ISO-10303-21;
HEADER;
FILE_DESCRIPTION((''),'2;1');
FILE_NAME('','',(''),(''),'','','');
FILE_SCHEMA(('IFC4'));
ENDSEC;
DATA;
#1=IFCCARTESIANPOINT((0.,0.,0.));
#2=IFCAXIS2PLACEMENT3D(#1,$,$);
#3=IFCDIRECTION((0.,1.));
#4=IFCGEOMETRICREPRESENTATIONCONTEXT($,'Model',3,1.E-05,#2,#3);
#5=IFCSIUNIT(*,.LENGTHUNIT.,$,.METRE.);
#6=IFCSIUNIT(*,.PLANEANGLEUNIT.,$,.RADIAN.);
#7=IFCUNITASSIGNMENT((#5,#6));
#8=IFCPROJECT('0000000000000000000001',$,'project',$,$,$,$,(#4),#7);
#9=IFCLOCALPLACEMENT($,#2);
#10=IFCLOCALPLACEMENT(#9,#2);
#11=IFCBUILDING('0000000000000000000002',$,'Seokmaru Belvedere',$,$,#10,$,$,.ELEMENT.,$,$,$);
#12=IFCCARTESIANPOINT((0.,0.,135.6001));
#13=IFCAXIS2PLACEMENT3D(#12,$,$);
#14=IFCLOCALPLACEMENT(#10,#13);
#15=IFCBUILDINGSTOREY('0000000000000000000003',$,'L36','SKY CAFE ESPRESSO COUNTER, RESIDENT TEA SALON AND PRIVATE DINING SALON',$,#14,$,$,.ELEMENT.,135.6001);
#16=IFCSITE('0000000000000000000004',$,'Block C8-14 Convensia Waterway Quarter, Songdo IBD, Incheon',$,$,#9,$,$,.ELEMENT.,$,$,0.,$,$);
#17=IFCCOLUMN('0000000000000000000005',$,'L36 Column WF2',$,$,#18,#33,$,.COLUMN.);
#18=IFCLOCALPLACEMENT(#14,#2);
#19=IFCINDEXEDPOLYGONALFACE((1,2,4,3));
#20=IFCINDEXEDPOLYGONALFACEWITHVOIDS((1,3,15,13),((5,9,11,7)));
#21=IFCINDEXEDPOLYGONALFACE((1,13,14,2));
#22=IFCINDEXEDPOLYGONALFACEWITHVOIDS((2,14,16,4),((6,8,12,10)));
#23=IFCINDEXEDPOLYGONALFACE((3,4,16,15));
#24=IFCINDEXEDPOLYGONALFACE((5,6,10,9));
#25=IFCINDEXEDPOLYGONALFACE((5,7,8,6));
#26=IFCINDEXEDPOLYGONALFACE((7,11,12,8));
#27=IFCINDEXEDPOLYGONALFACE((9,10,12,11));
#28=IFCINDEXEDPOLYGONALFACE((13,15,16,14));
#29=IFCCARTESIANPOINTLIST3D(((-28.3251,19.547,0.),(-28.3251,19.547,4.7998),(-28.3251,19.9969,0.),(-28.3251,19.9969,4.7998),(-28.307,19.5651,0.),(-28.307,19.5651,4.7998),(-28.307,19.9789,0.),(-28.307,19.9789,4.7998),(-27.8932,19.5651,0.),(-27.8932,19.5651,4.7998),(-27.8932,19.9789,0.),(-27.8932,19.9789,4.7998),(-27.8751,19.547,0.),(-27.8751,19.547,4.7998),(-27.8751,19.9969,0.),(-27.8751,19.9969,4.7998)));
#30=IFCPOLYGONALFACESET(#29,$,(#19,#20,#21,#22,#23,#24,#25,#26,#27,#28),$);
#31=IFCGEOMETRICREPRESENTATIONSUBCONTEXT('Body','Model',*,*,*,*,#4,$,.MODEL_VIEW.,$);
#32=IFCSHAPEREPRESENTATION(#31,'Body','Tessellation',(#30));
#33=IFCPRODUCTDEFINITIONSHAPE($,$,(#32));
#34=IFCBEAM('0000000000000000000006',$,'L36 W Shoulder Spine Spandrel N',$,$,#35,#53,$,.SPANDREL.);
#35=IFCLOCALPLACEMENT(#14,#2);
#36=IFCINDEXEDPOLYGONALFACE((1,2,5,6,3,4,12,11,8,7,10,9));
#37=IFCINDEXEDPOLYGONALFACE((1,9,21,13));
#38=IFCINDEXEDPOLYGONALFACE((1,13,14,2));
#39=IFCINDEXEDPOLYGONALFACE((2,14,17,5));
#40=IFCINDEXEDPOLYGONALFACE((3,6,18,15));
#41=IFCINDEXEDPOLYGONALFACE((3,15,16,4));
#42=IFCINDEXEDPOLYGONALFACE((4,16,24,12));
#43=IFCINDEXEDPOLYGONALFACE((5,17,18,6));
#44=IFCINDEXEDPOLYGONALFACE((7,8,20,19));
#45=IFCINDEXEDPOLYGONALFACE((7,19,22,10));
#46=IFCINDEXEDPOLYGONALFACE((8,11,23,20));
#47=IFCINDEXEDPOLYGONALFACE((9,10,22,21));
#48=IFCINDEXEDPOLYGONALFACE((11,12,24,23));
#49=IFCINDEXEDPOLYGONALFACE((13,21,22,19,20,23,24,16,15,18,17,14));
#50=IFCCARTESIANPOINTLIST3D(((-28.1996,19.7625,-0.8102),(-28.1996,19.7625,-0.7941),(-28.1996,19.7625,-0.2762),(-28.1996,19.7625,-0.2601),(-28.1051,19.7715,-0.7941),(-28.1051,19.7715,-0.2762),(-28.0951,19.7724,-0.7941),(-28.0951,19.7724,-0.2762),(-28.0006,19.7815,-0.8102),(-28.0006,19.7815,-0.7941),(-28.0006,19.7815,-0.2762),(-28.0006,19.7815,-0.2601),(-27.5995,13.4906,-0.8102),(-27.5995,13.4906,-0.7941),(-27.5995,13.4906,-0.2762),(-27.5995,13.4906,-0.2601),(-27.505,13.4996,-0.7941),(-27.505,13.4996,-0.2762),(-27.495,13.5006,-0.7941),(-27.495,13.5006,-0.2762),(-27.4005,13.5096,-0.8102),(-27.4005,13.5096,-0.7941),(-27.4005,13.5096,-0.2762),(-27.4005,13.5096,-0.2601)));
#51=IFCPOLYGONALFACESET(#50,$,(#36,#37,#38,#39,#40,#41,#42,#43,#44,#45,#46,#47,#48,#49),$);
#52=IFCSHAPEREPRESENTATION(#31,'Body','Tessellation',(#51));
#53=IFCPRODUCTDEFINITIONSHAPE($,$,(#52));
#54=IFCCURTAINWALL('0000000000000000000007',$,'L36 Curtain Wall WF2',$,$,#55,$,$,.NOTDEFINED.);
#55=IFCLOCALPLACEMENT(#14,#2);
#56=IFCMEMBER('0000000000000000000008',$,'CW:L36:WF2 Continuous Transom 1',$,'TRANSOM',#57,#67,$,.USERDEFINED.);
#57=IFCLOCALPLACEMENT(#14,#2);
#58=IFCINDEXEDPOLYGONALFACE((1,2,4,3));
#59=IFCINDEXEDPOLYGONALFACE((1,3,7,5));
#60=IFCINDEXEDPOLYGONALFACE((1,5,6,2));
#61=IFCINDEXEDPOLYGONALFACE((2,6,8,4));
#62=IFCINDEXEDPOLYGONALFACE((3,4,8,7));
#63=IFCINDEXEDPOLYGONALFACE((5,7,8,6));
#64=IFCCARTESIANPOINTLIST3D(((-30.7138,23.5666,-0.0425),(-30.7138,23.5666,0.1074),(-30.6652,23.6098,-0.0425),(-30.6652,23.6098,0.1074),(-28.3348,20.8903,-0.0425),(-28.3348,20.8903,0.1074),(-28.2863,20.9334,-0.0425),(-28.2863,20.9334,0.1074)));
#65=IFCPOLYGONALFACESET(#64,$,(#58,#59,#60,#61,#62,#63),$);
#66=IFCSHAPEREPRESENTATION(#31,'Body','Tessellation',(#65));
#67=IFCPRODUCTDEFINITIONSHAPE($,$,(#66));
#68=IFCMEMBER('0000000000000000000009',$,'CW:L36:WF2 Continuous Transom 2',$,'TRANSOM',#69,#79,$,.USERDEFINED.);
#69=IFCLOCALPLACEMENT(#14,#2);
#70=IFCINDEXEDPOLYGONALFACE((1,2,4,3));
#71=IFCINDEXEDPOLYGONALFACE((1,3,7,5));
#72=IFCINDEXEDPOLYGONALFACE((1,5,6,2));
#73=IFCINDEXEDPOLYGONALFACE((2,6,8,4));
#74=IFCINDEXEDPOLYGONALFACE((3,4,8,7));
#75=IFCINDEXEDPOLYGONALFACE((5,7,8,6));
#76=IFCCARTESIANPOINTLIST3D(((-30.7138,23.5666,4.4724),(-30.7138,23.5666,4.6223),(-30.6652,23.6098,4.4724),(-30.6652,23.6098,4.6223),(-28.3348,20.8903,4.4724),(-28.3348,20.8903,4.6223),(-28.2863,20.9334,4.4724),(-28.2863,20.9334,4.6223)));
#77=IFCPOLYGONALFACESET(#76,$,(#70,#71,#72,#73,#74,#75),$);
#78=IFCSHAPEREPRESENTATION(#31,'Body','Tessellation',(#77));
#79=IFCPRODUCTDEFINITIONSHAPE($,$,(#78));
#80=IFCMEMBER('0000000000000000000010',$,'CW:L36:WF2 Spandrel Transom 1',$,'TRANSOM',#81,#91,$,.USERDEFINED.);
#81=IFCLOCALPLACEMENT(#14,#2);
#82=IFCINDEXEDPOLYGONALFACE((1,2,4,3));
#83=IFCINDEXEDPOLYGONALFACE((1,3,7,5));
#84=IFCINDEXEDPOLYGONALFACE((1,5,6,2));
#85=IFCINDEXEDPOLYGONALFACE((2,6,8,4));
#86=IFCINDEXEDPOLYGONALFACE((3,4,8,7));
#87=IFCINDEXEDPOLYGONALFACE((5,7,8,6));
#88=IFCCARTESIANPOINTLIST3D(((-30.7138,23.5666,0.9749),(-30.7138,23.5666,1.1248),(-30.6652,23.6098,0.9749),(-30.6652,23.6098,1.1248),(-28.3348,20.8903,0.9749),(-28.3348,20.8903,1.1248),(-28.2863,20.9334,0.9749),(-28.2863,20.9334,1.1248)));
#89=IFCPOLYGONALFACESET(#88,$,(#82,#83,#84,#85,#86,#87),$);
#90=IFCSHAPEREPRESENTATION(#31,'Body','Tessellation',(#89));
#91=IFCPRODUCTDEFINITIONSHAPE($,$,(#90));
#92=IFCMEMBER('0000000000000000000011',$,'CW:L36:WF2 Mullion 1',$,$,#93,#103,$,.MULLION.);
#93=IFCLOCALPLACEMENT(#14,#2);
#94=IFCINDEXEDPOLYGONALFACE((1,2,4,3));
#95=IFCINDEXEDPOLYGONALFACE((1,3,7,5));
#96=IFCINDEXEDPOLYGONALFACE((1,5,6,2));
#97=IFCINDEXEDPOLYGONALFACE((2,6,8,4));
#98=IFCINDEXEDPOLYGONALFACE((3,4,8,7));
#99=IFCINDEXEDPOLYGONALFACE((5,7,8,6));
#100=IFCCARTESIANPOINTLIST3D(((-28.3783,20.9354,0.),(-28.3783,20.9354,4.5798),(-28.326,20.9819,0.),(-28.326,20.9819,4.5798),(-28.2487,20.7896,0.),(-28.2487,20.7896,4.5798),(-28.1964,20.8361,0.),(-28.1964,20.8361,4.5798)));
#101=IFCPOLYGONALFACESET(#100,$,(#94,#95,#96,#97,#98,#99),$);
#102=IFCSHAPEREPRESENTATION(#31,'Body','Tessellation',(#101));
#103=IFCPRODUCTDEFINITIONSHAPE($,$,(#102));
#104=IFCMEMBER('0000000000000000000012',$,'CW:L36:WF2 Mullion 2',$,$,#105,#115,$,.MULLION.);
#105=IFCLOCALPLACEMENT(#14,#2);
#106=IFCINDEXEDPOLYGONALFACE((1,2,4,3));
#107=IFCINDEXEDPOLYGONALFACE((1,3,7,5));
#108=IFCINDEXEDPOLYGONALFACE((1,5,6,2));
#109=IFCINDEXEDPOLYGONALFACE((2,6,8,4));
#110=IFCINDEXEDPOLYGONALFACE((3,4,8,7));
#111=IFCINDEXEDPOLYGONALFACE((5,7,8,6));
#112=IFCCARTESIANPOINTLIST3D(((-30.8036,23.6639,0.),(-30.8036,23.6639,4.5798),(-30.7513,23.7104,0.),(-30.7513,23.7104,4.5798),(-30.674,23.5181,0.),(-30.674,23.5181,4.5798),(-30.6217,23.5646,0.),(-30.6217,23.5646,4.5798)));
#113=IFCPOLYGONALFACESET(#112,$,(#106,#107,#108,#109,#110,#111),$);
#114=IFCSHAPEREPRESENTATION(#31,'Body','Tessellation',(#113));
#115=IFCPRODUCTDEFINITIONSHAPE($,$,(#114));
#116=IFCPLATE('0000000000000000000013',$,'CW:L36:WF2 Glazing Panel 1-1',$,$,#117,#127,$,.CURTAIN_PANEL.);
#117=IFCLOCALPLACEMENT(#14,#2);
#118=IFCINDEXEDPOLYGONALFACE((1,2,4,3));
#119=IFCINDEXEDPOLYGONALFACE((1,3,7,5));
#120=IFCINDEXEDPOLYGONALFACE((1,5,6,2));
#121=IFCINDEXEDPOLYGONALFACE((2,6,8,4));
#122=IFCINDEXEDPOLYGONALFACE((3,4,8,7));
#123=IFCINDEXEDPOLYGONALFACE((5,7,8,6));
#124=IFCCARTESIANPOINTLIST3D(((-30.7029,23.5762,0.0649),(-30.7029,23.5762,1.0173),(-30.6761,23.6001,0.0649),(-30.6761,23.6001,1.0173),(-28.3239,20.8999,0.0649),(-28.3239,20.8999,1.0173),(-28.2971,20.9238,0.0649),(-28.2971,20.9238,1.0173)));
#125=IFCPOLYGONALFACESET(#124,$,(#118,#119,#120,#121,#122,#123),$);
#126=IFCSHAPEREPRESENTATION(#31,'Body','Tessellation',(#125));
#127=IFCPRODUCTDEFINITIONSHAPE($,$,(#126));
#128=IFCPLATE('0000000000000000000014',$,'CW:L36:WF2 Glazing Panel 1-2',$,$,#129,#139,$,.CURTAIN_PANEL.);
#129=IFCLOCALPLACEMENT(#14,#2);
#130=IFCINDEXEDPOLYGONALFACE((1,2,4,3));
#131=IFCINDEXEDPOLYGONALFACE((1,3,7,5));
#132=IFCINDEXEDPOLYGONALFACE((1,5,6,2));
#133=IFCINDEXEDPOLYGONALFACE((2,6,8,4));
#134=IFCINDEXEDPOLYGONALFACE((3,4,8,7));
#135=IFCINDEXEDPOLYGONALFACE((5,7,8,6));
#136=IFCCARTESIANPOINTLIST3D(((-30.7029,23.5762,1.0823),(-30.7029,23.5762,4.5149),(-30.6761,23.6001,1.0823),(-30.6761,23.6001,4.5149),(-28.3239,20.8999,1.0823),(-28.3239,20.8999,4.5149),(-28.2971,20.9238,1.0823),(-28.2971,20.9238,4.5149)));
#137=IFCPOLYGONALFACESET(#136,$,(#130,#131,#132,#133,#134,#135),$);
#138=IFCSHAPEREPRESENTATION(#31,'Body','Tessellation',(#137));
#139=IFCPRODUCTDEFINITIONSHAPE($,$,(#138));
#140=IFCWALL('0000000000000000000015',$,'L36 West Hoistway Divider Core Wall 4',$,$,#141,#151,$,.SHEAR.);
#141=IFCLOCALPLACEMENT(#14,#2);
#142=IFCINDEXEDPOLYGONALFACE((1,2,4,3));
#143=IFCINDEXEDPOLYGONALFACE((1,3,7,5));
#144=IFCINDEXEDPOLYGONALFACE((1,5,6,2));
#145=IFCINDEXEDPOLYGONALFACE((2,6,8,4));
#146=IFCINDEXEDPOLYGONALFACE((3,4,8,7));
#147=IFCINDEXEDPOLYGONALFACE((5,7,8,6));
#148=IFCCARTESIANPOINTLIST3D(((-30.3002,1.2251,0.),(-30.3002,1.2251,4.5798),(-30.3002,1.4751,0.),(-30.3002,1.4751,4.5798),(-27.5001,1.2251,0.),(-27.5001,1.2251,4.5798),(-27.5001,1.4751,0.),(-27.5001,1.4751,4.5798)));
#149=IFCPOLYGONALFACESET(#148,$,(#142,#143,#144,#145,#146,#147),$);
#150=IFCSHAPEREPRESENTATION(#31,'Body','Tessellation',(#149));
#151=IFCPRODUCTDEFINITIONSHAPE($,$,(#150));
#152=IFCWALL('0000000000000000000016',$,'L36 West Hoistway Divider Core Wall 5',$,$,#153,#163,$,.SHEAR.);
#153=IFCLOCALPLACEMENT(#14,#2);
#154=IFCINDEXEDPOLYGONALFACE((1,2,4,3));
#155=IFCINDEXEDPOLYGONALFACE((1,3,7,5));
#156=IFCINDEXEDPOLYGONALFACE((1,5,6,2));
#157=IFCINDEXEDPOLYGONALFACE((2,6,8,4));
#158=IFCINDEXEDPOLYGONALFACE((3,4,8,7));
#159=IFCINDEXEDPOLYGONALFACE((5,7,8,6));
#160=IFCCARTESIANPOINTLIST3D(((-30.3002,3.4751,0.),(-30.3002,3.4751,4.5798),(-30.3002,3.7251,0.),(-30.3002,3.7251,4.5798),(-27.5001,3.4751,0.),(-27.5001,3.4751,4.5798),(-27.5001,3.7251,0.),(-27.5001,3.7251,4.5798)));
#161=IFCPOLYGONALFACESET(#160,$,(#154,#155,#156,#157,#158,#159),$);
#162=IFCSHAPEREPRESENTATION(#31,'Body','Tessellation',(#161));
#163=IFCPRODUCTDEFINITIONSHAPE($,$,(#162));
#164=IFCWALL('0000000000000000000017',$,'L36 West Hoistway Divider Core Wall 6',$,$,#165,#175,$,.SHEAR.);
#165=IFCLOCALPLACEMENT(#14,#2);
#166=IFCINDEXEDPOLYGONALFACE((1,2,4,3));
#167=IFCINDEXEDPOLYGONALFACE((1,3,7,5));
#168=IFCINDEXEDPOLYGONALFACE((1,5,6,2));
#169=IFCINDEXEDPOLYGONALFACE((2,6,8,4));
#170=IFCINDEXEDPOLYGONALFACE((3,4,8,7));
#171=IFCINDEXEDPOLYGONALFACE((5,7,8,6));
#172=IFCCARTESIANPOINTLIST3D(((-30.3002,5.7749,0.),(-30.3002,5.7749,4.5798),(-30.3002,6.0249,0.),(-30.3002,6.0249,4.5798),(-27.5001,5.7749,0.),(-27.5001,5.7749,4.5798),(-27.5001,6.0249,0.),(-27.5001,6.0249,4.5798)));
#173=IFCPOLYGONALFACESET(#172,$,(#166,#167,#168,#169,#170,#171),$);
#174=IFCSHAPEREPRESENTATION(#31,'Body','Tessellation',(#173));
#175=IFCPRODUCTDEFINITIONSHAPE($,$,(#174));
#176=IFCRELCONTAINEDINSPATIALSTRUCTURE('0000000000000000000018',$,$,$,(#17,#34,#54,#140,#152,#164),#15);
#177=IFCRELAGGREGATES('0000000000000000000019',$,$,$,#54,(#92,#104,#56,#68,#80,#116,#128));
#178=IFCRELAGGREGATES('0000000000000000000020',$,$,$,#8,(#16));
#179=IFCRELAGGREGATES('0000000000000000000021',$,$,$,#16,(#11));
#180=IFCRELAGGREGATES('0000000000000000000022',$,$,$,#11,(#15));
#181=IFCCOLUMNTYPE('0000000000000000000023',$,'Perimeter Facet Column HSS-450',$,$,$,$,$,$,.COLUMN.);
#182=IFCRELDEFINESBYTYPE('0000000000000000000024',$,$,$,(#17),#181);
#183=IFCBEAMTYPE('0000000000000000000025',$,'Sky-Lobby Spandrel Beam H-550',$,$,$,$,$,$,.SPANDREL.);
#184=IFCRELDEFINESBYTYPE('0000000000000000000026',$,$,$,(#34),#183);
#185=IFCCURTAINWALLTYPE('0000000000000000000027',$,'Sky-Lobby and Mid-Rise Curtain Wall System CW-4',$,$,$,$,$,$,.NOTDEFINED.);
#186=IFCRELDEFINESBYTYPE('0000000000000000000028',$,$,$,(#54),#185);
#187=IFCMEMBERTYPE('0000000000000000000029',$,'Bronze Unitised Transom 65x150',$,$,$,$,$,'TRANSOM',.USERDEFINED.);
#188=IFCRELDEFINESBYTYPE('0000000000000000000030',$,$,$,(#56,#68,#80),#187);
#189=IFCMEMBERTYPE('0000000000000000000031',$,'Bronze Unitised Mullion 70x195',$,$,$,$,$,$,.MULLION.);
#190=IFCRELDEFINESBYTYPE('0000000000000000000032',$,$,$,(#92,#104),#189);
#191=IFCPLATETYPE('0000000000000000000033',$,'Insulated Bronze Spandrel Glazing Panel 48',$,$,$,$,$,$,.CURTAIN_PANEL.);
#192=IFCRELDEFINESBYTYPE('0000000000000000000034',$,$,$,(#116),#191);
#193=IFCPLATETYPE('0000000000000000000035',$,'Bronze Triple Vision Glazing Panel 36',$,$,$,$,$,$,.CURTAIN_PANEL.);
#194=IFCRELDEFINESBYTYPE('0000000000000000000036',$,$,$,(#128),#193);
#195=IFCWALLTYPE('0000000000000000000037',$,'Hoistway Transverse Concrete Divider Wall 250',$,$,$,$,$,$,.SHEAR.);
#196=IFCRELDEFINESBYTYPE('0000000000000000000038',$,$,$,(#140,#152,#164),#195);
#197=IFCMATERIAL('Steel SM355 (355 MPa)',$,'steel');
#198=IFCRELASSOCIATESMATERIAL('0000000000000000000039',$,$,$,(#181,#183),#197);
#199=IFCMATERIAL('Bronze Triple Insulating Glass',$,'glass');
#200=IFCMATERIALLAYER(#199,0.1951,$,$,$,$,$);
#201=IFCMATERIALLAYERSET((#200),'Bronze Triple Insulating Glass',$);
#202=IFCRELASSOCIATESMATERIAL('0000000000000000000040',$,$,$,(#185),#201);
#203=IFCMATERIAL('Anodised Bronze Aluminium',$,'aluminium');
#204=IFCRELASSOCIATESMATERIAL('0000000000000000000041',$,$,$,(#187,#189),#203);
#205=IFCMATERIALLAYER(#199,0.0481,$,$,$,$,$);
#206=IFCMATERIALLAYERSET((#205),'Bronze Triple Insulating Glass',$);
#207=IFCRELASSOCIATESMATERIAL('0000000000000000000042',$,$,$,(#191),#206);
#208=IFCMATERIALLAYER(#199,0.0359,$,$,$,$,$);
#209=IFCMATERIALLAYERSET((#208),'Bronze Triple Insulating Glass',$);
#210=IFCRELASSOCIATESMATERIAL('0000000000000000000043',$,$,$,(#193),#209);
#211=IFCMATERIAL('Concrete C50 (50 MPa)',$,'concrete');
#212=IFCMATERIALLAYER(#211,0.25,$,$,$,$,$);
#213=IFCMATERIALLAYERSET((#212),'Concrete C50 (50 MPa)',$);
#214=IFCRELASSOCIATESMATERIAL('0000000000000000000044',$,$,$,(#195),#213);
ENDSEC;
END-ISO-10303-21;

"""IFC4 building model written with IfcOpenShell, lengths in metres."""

from ifc_helpers import new_model, si_unit, direction, frame, frame_2d, origin, origin_2d, place, context, subcontext, project, spatial, rectangle, hollow_rectangle, i_section, extrude, source, transform, mapped, material, layer, layer_set, material_profile, profile_set, type_object, type_shapes, element, aggregate, save


model = new_model("IFC4")

# Units and contexts
model_context = context("Model", 3, precision=1e-05, world=origin(), true_north=direction((0.0, 1.0)))
body_context = subcontext(model_context, "Body", "Model", "MODEL_VIEW")
ifc_project = project(units=[si_unit("LENGTHUNIT", "METRE"), si_unit("PLANEANGLEUNIT", "RADIAN")], contexts=[model_context])

# Site, building, storey
site_placement = place(None, origin())
site = spatial("IfcSite", under=ifc_project, at=site_placement, Name="Block C8-14 Convensia Waterway Quarter, Songdo IBD, Incheon", CompositionType="ELEMENT", RefElevation=0.0)
building_placement = place(site_placement, origin())
building = spatial("IfcBuilding", under=site, at=building_placement, Name="Seokmaru Belvedere", CompositionType="ELEMENT")
storey_placement = place(building_placement, frame((0.0, 0.0, 135.6001)))
storey = spatial("IfcBuildingStorey", under=building, at=storey_placement, Name="L36", Description="SKY CAFE ESPRESSO COUNTER, RESIDENT TEA SALON AND PRIVATE DINING SALON", CompositionType="ELEMENT", Elevation=135.6001)

# Column
ifc_material_1 = material(Name="Steel SM355 (355 MPa)", Category="steel")
ifc_material_profile_1 = material_profile(ifc_material_1, hollow_rectangle(XDim=0.45, YDim=0.45, WallThickness=0.0181, at=origin_2d()), Name="HSS-450x450x18")
ifc_profile_set_1 = profile_set([ifc_material_profile_1], Name="Steel SM355 (355 MPa)")
column_type = type_object("IfcColumnType", Name="Perimeter Facet Column HSS-450", PredefinedType="COLUMN", material=ifc_profile_set_1)
shared_shape_1 = source(origin(), body_context, "Body", "SweptSolid", [
    extrude(hollow_rectangle(XDim=0.45, YDim=0.45, WallThickness=0.0181, at=origin_2d()), origin(), (0.0, 0.0, 1.0), 4.7998),
])
type_shapes(column_type, [shared_shape_1])
column_placement = place(storey_placement, frame((-28.1001, 19.772, 0.0), z_axis=(0.0, 0.0, 1.0), x_axis=(1.0, 0.0, 0.0)))
element("IfcColumn", 1, at=column_placement, inside=storey, type_object=column_type, Name="L36 Column WF2", PredefinedType="COLUMN", context=body_context, shape_type="MappedRepresentation", body=[
    mapped(shared_shape_1, transform((0.0, 0.0, 0.0), scale=1.0)),
])

# Beam
ifc_material_profile_2 = material_profile(ifc_material_1, i_section(OverallWidth=0.2, OverallDepth=0.55, WebThickness=0.01, FlangeThickness=0.0161, at=origin_2d()), Name="H-550x200x10x16")
ifc_profile_set_2 = profile_set([ifc_material_profile_2], Name="Steel SM355 (355 MPa)")
beam_type = type_object("IfcBeamType", Name="Sky-Lobby Spandrel Beam H-550", PredefinedType="SPANDREL", material=ifc_profile_set_2)
shared_shape_2 = source(origin(), body_context, "Body", "SweptSolid", [
    extrude(i_section(OverallWidth=0.2, OverallDepth=0.55, WebThickness=0.01, FlangeThickness=0.0161, at=origin_2d()), origin(), (0.0, 0.0, 1.0), 6.3005),
])
type_shapes(beam_type, [shared_shape_2])
beam_placement = place(storey_placement, frame((-28.1001, 19.772, -0.5352), z_axis=(0.095244, -0.995454, 0.0), x_axis=(0.995454, 0.095244, 0.0)))
element("IfcBeam", 2, at=beam_placement, inside=storey, type_object=beam_type, Name="L36 W Shoulder Spine Spandrel N", PredefinedType="SPANDREL", context=body_context, shape_type="MappedRepresentation", body=[
    mapped(shared_shape_2, transform((0.0, 0.0, 0.0), scale=1.0)),
])

# Curtain wall, members, plates
ifc_material_2 = material(Name="Bronze Triple Insulating Glass", Category="glass")
ifc_layer_1 = layer(ifc_material_2, 0.1951)
ifc_layer_set_1 = layer_set([ifc_layer_1], Name="Bronze Triple Insulating Glass")
curtain_wall_type = type_object("IfcCurtainWallType", Name="Sky-Lobby and Mid-Rise Curtain Wall System CW-4", PredefinedType="NOTDEFINED", material=ifc_layer_set_1)
curtain_wall_placement = place(storey_placement, origin())
curtain_wall = element("IfcCurtainWall", 3, at=curtain_wall_placement, inside=storey, type_object=curtain_wall_type, Name="L36 Curtain Wall WF2", PredefinedType="NOTDEFINED")
ifc_material_3 = material(Name="Anodised Bronze Aluminium", Category="aluminium")
ifc_material_profile_3 = material_profile(ifc_material_3, rectangle(XDim=0.0649, YDim=0.1499, at=origin_2d()), Name="CW-T-65x150")
ifc_profile_set_3 = profile_set([ifc_material_profile_3], Name="Anodised Bronze Aluminium")
member_type_1 = type_object("IfcMemberType", Name="Bronze Unitised Transom 65x150", ElementType="TRANSOM", PredefinedType="USERDEFINED", material=ifc_profile_set_3)
shared_shape_3 = source(origin(), body_context, "Body", "SweptSolid", [
    extrude(rectangle(XDim=0.0649, YDim=0.1499, at=origin_2d()), origin(), (0.0, 0.0, 1.0), 3.5808),
])
type_shapes(member_type_1, [shared_shape_3])
member_1_placement = place(storey_placement, frame((-28.3105, 20.9119, 0.0325), z_axis=(-0.664364, 0.747409, 0.0), x_axis=(-0.747409, -0.664364, 0.0)))
member_1 = element("IfcMember", 4, at=member_1_placement, type_object=member_type_1, Name="CW:L36:WF2 Continuous Transom 1", ObjectType="TRANSOM", PredefinedType="USERDEFINED", context=body_context, shape_type="MappedRepresentation", body=[
    mapped(shared_shape_3, transform((0.0, 0.0, 0.0), scale=1.0)),
])
member_2_placement = place(storey_placement, frame((-28.3105, 20.9119, 4.5474), z_axis=(-0.664364, 0.747409, 0.0), x_axis=(-0.747409, -0.664364, 0.0)))
member_2 = element("IfcMember", 5, at=member_2_placement, type_object=member_type_1, Name="CW:L36:WF2 Continuous Transom 2", ObjectType="TRANSOM", PredefinedType="USERDEFINED", context=body_context, shape_type="MappedRepresentation", body=[
    mapped(shared_shape_3, transform((0.0, 0.0, 0.0), scale=1.0)),
])
member_3_placement = place(storey_placement, frame((-28.3105, 20.9119, 1.0498), z_axis=(-0.664364, 0.747409, 0.0), x_axis=(-0.747409, -0.664364, 0.0)))
member_3 = element("IfcMember", 6, at=member_3_placement, type_object=member_type_1, Name="CW:L36:WF2 Spandrel Transom 1", ObjectType="TRANSOM", PredefinedType="USERDEFINED", context=body_context, shape_type="MappedRepresentation", body=[
    mapped(shared_shape_3, transform((0.0, 0.0, 0.0), scale=1.0)),
])
ifc_material_profile_4 = material_profile(ifc_material_3, rectangle(XDim=0.0701, YDim=0.1951, at=origin_2d()), Name="CW-M-70x195")
ifc_profile_set_4 = profile_set([ifc_material_profile_4], Name="Anodised Bronze Aluminium")
member_type_2 = type_object("IfcMemberType", Name="Bronze Unitised Mullion 70x195", PredefinedType="MULLION", material=ifc_profile_set_4)
shared_shape_4 = source(origin(), body_context, "Body", "SweptSolid", [
    extrude(rectangle(XDim=0.0701, YDim=0.1951, at=origin_2d()), origin(), (0.0, 0.0, 1.0), 4.5798),
])
type_shapes(member_type_2, [shared_shape_4])
member_4_placement = place(storey_placement, frame((-28.2874, 20.8857, 0.0), z_axis=(0.0, 0.0, 1.0), x_axis=(-0.74741, -0.664363, 0.0)))
member_4 = element("IfcMember", 7, at=member_4_placement, type_object=member_type_2, Name="CW:L36:WF2 Mullion 1", PredefinedType="MULLION", context=body_context, shape_type="MappedRepresentation", body=[
    mapped(shared_shape_4, transform((0.0, 0.0, 0.0), scale=1.0)),
])
member_5_placement = place(storey_placement, frame((-30.7126, 23.6143, 0.0), z_axis=(0.0, 0.0, 1.0), x_axis=(-0.74741, -0.664363, 0.0)))
member_5 = element("IfcMember", 8, at=member_5_placement, type_object=member_type_2, Name="CW:L36:WF2 Mullion 2", PredefinedType="MULLION", context=body_context, shape_type="MappedRepresentation", body=[
    mapped(shared_shape_4, transform((0.0, 0.0, 0.0), scale=1.0)),
])
ifc_layer_2 = layer(ifc_material_2, 0.0481)
ifc_layer_set_2 = layer_set([ifc_layer_2], Name="Bronze Triple Insulating Glass")
plate_type_1 = type_object("IfcPlateType", Name="Insulated Bronze Spandrel Glazing Panel 48", PredefinedType="CURTAIN_PANEL", material=ifc_layer_set_2)
shared_shape_5 = source(origin(), body_context, "Body", "SweptSolid", [
    extrude(rectangle(XDim=3.5808, YDim=0.0359, at=origin_2d()), origin(), (0.0, 0.0, 1.0), 0.9524),
])
type_shapes(plate_type_1, [shared_shape_5])
plate_1_placement = place(storey_placement, frame((-29.5, 22.25, 0.0649), z_axis=(0.0, 0.0, 1.0), x_axis=(-0.664363, 0.74741, 0.0)))
plate_1 = element("IfcPlate", 9, at=plate_1_placement, type_object=plate_type_1, Name="CW:L36:WF2 Glazing Panel 1-1", PredefinedType="CURTAIN_PANEL", context=body_context, shape_type="MappedRepresentation", body=[
    mapped(shared_shape_5, transform((0.0, 0.0, 0.0), scale=1.0)),
])
ifc_layer_3 = layer(ifc_material_2, 0.0359)
ifc_layer_set_3 = layer_set([ifc_layer_3], Name="Bronze Triple Insulating Glass")
plate_type_2 = type_object("IfcPlateType", Name="Bronze Triple Vision Glazing Panel 36", PredefinedType="CURTAIN_PANEL", material=ifc_layer_set_3)
shared_shape_6 = source(origin(), body_context, "Body", "SweptSolid", [
    extrude(rectangle(XDim=3.5808, YDim=0.0359, at=origin_2d()), origin(), (0.0, 0.0, 1.0), 3.4326),
])
type_shapes(plate_type_2, [shared_shape_6])
plate_2_placement = place(storey_placement, frame((-29.5, 22.25, 1.0823), z_axis=(0.0, 0.0, 1.0), x_axis=(-0.664363, 0.74741, 0.0)))
plate_2 = element("IfcPlate", 10, at=plate_2_placement, type_object=plate_type_2, Name="CW:L36:WF2 Glazing Panel 1-2", PredefinedType="CURTAIN_PANEL", context=body_context, shape_type="MappedRepresentation", body=[
    mapped(shared_shape_6, transform((0.0, 0.0, 0.0), scale=1.0)),
])
aggregate(curtain_wall, [member_4, member_5, member_1, member_2, member_3, plate_1, plate_2])

# Walls
ifc_material_4 = material(Name="Concrete C50 (50 MPa)", Category="concrete")
ifc_layer_4 = layer(ifc_material_4, 0.25)
ifc_layer_set_4 = layer_set([ifc_layer_4], Name="Concrete C50 (50 MPa)")
wall_type_1 = type_object("IfcWallType", Name="Hoistway Transverse Concrete Divider Wall 250", PredefinedType="SHEAR", material=ifc_layer_set_4)
for number, where, z_axis, x_axis, name in (
    (11, (-30.3, 1.3501, 0.0), (0.0, 0.0, 1.0), (1.0, 0.0, 0.0), "L36 West Hoistway Divider Core Wall 4"),
    (12, (-30.3, 3.6001, 0.0), (0.0, 0.0, 1.0), (1.0, 0.0, 0.0), "L36 West Hoistway Divider Core Wall 5"),
    (13, (-30.3, 5.8999, 0.0), (0.0, 0.0, 1.0), (1.0, 0.0, 0.0), "L36 West Hoistway Divider Core Wall 6"),
):
    element("IfcWall", number, at=place(storey_placement, frame(where, z_axis=z_axis, x_axis=x_axis)), inside=storey, type_object=wall_type_1, Name=name, PredefinedType="SHEAR", context=body_context, shape_type="SweptSolid", body=[
        extrude(rectangle(XDim=2.8, YDim=0.25, at=frame_2d((1.3999, 0.0))), origin(), (0.0, 0.0, 1.0), 4.5798),
    ])

save(model, "model.ifc")
